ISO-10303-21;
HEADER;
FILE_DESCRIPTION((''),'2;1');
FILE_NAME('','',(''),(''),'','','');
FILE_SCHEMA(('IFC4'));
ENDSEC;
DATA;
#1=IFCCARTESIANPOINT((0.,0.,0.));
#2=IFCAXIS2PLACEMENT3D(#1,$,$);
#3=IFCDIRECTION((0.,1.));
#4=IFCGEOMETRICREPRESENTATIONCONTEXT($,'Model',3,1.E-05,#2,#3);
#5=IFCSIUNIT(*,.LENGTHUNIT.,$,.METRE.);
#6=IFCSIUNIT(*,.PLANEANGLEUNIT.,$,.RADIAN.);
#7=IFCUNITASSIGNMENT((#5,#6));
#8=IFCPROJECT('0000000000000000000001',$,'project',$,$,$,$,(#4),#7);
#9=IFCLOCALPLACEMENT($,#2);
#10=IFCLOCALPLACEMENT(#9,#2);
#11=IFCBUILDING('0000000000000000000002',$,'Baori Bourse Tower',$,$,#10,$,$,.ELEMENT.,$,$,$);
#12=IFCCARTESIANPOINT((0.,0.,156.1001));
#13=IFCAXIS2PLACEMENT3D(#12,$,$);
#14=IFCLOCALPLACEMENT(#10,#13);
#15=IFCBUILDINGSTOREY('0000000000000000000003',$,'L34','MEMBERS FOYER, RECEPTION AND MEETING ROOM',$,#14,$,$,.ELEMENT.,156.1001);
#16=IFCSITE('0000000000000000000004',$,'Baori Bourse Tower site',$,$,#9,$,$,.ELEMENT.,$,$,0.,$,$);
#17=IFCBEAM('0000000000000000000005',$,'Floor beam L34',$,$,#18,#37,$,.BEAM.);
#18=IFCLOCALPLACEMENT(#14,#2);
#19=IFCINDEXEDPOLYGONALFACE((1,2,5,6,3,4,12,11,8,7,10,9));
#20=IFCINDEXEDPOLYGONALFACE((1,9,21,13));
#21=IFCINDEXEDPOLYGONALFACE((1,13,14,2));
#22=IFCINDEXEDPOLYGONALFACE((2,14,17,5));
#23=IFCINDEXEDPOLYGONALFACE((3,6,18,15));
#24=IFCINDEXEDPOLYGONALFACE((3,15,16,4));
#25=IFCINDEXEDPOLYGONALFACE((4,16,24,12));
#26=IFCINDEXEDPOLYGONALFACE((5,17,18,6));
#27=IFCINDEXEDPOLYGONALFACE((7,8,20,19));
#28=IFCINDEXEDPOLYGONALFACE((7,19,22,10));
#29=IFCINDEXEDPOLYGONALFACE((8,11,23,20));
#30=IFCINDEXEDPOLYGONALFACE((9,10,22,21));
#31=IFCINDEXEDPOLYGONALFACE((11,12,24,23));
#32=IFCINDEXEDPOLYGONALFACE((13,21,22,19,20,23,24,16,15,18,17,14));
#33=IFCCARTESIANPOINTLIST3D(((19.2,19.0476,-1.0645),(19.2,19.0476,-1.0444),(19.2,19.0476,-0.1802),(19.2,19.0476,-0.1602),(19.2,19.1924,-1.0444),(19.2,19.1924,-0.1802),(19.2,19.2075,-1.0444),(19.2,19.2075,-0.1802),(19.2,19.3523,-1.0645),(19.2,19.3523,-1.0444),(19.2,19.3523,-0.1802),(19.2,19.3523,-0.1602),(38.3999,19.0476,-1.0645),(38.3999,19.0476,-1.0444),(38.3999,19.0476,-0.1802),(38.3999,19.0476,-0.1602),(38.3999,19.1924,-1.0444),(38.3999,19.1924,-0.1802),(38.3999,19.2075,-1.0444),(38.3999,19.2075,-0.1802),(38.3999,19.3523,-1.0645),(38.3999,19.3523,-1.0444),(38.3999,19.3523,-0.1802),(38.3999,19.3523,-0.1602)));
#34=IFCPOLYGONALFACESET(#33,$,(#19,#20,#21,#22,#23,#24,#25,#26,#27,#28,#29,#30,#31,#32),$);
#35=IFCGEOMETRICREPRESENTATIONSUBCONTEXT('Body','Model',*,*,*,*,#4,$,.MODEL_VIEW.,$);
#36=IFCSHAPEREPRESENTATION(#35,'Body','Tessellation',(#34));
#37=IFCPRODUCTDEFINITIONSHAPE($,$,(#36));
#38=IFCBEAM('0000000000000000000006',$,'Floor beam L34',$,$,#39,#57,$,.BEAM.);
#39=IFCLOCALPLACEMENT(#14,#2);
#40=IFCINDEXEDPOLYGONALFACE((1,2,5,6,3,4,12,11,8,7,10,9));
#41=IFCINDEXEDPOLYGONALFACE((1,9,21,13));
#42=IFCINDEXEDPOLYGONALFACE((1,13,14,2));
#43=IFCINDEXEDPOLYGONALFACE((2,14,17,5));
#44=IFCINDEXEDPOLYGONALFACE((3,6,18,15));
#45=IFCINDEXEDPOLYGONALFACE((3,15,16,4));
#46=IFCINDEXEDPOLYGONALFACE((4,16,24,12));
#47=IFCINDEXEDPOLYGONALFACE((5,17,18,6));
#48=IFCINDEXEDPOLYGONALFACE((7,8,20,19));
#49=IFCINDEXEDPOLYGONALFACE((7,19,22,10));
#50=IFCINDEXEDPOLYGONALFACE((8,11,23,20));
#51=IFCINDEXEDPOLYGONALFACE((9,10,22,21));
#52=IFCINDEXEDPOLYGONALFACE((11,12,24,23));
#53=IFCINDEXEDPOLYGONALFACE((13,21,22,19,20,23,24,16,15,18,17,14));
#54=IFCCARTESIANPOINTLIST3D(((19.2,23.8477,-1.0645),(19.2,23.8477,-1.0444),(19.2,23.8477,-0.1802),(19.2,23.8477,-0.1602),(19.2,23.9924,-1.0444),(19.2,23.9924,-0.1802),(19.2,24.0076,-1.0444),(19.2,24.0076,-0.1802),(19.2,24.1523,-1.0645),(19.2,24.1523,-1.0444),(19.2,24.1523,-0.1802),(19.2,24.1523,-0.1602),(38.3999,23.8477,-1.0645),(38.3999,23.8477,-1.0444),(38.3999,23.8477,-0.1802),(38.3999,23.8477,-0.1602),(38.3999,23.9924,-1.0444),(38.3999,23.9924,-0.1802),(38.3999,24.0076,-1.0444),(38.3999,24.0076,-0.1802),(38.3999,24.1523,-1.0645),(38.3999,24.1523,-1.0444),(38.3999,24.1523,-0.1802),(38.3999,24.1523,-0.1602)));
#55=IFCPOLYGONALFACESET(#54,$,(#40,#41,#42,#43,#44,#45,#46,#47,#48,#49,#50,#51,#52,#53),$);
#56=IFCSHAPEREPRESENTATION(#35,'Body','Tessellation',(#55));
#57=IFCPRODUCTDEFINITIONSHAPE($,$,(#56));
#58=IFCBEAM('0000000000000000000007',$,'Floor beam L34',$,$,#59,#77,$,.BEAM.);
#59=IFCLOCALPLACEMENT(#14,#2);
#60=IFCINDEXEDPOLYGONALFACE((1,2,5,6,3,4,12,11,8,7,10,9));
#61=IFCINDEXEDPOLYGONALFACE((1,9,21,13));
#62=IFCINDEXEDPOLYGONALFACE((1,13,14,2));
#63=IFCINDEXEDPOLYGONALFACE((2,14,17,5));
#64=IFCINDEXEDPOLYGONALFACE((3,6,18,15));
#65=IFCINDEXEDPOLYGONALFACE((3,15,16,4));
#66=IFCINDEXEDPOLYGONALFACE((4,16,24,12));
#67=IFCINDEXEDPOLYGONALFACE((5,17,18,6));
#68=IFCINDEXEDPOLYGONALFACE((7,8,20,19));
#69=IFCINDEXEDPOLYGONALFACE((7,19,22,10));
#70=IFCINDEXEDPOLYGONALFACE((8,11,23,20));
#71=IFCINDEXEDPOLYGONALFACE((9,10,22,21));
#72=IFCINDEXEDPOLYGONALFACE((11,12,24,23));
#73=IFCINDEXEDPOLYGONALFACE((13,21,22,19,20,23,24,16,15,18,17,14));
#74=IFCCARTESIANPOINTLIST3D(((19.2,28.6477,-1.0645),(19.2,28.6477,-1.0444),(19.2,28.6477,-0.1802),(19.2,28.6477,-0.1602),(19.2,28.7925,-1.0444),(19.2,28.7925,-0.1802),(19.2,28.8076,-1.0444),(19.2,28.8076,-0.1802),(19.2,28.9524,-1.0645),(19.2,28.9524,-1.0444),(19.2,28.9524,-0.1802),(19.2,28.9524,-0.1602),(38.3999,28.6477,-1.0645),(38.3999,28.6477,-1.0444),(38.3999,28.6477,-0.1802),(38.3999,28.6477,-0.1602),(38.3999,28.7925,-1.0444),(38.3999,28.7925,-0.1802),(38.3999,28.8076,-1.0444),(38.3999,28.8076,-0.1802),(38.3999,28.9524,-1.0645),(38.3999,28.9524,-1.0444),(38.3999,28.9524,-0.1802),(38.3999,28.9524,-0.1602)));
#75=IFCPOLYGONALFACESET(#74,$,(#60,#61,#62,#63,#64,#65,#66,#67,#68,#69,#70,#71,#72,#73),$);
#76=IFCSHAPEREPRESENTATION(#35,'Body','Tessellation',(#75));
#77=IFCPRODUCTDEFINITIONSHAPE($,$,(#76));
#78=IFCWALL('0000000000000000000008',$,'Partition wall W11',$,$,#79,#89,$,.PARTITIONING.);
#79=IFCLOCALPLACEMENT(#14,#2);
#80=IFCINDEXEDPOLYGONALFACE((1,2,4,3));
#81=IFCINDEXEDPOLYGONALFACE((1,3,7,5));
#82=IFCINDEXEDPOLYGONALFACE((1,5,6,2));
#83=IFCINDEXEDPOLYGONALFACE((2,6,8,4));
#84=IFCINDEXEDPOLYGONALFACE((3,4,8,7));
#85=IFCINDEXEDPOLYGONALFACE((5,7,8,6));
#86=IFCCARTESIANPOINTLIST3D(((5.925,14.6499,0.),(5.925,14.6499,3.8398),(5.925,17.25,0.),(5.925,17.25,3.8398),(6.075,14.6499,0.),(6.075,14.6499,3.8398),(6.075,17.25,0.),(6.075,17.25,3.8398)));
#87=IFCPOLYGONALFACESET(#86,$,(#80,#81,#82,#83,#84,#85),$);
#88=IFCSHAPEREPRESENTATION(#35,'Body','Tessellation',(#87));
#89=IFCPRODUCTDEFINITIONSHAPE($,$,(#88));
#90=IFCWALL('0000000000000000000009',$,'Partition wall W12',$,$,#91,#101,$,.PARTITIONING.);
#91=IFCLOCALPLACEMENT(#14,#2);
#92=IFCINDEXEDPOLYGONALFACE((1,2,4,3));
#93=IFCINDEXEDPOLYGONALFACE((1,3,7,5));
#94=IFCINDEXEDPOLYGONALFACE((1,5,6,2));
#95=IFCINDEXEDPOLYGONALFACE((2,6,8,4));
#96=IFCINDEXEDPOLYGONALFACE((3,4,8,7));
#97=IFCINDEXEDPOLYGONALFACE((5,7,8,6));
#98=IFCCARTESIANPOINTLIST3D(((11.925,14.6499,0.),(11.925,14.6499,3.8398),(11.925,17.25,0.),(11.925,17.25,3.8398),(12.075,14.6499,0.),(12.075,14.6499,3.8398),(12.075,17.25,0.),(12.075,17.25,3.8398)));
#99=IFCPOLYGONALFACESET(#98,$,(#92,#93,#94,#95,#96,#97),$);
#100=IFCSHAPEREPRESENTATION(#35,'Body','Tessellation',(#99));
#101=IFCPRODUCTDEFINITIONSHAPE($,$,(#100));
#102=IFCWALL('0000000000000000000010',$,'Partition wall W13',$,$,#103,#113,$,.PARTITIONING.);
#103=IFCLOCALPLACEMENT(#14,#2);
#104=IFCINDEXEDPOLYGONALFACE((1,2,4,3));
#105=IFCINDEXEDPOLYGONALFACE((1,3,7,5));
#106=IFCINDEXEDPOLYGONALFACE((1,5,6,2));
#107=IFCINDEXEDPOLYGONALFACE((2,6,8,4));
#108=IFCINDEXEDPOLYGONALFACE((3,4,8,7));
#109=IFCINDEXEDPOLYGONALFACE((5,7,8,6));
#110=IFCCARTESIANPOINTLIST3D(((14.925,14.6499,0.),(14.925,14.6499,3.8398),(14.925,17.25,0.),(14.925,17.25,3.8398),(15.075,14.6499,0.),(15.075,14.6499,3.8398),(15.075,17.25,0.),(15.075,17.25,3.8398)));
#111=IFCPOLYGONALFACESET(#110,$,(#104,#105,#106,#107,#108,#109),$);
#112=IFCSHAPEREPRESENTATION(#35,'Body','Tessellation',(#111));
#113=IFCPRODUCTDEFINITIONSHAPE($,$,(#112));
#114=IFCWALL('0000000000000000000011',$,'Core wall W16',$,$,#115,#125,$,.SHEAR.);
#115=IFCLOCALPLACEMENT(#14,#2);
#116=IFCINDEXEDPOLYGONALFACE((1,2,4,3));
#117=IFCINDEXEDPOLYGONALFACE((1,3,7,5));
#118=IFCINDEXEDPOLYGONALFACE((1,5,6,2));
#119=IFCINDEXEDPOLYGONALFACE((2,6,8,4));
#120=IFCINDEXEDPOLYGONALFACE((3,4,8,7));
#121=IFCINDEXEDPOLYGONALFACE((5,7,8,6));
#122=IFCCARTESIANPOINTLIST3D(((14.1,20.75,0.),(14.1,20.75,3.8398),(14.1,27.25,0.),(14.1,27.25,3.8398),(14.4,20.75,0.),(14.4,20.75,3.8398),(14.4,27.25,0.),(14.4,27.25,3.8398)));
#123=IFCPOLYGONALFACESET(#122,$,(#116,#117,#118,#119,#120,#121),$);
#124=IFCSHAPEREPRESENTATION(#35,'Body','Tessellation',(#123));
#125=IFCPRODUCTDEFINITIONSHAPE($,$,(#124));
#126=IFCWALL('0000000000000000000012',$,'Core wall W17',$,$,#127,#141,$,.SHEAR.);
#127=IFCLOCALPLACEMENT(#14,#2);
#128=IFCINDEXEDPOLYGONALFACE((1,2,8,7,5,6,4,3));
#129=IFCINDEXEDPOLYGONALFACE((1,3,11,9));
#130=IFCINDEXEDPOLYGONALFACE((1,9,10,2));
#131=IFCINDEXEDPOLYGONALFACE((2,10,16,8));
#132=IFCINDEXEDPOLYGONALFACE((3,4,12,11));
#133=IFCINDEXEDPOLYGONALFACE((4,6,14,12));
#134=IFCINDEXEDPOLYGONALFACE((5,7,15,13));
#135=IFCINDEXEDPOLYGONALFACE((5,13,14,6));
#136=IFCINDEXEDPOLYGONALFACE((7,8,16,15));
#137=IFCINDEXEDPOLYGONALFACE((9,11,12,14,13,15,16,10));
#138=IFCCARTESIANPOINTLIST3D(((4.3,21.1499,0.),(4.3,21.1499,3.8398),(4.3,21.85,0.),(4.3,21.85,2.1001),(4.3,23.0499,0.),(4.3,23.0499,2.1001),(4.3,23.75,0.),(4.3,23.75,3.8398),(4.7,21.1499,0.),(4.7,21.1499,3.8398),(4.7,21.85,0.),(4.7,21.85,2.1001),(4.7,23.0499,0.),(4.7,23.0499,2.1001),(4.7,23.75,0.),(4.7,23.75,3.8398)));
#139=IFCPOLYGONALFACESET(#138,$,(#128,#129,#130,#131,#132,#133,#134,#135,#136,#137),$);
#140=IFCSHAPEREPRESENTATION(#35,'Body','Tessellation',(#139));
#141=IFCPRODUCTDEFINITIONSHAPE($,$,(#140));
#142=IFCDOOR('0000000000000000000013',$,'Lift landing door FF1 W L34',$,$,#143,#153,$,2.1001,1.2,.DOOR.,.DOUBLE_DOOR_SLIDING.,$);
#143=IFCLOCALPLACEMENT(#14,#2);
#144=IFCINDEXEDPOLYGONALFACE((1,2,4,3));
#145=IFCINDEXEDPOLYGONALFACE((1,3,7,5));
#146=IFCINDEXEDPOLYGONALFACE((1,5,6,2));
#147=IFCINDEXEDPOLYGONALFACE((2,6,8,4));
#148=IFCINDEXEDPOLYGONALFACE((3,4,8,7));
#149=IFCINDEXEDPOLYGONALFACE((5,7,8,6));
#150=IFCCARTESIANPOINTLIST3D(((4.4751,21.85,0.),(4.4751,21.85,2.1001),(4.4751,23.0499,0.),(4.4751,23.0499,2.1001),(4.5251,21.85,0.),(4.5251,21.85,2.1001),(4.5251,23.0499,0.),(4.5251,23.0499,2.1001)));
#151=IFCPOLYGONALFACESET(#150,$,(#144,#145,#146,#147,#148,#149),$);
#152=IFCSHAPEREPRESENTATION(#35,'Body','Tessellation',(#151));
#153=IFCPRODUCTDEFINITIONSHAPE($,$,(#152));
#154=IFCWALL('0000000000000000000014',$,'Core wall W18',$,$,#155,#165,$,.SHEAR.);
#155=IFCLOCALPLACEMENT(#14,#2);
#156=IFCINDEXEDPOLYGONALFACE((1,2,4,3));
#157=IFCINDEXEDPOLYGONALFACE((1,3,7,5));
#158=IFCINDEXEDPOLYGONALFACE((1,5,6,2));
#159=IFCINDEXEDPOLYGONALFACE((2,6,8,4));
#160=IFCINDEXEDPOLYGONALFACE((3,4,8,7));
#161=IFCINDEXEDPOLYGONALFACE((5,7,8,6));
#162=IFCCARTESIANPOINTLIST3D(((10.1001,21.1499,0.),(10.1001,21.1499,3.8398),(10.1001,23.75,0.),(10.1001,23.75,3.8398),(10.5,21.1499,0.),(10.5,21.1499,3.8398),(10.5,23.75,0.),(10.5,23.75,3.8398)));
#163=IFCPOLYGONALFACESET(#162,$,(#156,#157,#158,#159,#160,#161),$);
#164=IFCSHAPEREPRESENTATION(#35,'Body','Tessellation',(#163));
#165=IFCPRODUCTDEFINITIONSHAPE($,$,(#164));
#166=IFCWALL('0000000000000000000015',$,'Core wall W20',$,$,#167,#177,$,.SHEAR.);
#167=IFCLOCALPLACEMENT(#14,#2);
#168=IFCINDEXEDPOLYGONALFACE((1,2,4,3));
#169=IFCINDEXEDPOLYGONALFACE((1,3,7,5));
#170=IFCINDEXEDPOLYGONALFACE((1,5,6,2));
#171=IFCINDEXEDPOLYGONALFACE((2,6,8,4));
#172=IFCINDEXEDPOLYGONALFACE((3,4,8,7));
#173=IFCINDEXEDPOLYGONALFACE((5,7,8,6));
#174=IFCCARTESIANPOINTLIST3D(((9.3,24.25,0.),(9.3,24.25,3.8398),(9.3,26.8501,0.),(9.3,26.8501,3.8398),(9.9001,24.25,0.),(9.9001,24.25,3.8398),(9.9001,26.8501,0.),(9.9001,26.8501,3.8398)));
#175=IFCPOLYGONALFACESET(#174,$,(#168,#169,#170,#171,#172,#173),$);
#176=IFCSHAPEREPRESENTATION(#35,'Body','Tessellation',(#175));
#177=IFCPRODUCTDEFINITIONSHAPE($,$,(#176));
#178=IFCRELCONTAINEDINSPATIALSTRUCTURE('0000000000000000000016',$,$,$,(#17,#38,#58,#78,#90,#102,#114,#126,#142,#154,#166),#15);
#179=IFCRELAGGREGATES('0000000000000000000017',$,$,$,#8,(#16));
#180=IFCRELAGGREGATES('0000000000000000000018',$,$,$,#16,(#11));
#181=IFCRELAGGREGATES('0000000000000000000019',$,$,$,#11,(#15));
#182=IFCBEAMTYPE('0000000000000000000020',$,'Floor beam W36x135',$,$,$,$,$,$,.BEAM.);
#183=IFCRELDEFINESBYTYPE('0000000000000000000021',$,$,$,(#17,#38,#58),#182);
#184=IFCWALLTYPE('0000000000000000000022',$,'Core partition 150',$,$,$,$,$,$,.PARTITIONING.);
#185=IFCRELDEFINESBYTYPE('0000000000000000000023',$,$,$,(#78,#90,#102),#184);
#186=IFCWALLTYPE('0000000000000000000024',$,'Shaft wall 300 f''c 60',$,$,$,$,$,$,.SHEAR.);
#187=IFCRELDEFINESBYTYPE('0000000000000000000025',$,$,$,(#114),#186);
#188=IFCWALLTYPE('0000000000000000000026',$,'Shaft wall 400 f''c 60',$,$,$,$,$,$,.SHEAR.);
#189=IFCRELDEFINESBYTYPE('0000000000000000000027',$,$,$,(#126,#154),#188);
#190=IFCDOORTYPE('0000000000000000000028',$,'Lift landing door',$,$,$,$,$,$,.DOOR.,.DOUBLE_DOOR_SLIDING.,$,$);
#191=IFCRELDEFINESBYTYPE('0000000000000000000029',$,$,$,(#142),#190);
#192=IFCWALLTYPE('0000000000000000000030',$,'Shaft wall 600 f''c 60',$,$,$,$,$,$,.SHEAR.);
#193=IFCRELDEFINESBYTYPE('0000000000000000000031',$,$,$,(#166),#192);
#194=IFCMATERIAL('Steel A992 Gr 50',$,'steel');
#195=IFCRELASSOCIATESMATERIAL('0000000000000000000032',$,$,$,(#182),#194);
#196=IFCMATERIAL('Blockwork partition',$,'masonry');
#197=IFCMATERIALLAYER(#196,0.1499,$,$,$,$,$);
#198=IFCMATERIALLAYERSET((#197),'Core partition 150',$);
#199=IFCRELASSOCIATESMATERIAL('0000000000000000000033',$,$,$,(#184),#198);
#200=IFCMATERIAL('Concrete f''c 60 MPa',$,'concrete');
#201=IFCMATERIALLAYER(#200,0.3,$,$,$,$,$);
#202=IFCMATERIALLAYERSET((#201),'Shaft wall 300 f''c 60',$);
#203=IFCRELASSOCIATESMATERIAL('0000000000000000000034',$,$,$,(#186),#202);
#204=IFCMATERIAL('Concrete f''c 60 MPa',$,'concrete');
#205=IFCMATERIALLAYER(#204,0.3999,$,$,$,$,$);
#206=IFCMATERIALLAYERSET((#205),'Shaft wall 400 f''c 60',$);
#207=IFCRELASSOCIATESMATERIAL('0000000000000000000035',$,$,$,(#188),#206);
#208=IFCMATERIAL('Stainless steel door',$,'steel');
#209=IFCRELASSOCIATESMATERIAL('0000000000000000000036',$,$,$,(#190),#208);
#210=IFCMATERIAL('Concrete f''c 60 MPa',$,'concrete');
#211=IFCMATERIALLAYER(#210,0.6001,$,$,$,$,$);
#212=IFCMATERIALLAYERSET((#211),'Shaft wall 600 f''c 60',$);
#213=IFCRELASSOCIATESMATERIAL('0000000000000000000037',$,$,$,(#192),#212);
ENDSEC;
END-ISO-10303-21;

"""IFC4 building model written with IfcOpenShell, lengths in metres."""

from ifc_helpers import new_model, si_unit, direction, frame, frame_2d, origin, origin_2d, place, context, subcontext, project, spatial, rectangle, i_section, extrude, material, layer, layer_set, material_profile, profile_set, type_object, element, fill, save


model = new_model("IFC4")

# Units and contexts
model_context = context("Model", 3, precision=1e-05, world=origin(), true_north=direction((0.0, 1.0)))
body_context = subcontext(model_context, "Body", "Model", "MODEL_VIEW")
ifc_project = project(units=[si_unit("LENGTHUNIT", "METRE"), si_unit("PLANEANGLEUNIT", "RADIAN")], contexts=[model_context])

# Site, building, storey
site_placement = place(None, origin())
site = spatial("IfcSite", under=ifc_project, at=site_placement, Name="Baori Bourse Tower site", CompositionType="ELEMENT", RefElevation=0.0)
building_placement = place(site_placement, origin())
building = spatial("IfcBuilding", under=site, at=building_placement, Name="Baori Bourse Tower", CompositionType="ELEMENT")
storey_placement = place(building_placement, frame((0.0, 0.0, 156.1001)))
storey = spatial("IfcBuildingStorey", under=building, at=storey_placement, Name="L34", Description="MEMBERS FOYER, RECEPTION AND MEETING ROOM", CompositionType="ELEMENT", Elevation=156.1001)

# Beams
ifc_material_1 = material(Name="Steel A992 Gr 50", Category="steel")
ifc_material_profile = material_profile(ifc_material_1, i_section(OverallWidth=0.3047, OverallDepth=0.9043, WebThickness=0.0151, FlangeThickness=0.02, at=origin_2d()), Name="W36x135")
ifc_profile_set = profile_set([ifc_material_profile], Name="Steel A992 Gr 50")
beam_type = type_object("IfcBeamType", Name="Floor beam W36x135", PredefinedType="BEAM", material=ifc_profile_set)
for number, where, z_axis, x_axis, name in (
    (1, (19.2, 19.2, -0.6123), (1.0, 0.0, 0.0), (0.0, 1.0, 0.0), "Floor beam L34"),
    (2, (19.2, 24.0, -0.6123), (1.0, 0.0, 0.0), (0.0, 1.0, 0.0), "Floor beam L34"),
    (3, (19.2, 28.8, -0.6123), (1.0, 0.0, 0.0), (0.0, 1.0, 0.0), "Floor beam L34"),
):
    element("IfcBeam", number, at=place(storey_placement, frame(where, z_axis=z_axis, x_axis=x_axis)), inside=storey, type_object=beam_type, Name=name, PredefinedType="BEAM", context=body_context, shape_type="SweptSolid", body=[
        extrude(i_section(OverallWidth=0.3047, OverallDepth=0.9043, WebThickness=0.0151, FlangeThickness=0.02, at=origin_2d()), origin(), (0.0, 0.0, 1.0), 19.2),
    ])

# Walls
ifc_material_2 = material(Name="Blockwork partition", Category="masonry")
ifc_layer_1 = layer(ifc_material_2, 0.1499)
ifc_layer_set_1 = layer_set([ifc_layer_1], Name="Core partition 150")
wall_type_1 = type_object("IfcWallType", Name="Core partition 150", PredefinedType="PARTITIONING", material=ifc_layer_set_1)
for number, where, z_axis, x_axis, name in (
    (4, (6.0, 14.6499, 0.0), (0.0, 0.0, 1.0), (0.0, 1.0, 0.0), "Partition wall W11"),
    (5, (12.0, 14.6499, 0.0), (0.0, 0.0, 1.0), (0.0, 1.0, 0.0), "Partition wall W12"),
    (6, (15.0, 14.6499, 0.0), (0.0, 0.0, 1.0), (0.0, 1.0, 0.0), "Partition wall W13"),
):
    element("IfcWall", number, at=place(storey_placement, frame(where, z_axis=z_axis, x_axis=x_axis)), inside=storey, type_object=wall_type_1, Name=name, PredefinedType="PARTITIONING", context=body_context, shape_type="SweptSolid", body=[
        extrude(rectangle(XDim=2.6001, YDim=0.1499, at=frame_2d((1.3, 0.0))), origin(), (0.0, 0.0, 1.0), 3.8398),
    ])
ifc_material_3 = material(Name="Concrete f'c 60 MPa", Category="concrete")
ifc_layer_2 = layer(ifc_material_3, 0.3)
ifc_layer_set_2 = layer_set([ifc_layer_2], Name="Shaft wall 300 f'c 60")
wall_type_2 = type_object("IfcWallType", Name="Shaft wall 300 f'c 60", PredefinedType="SHEAR", material=ifc_layer_set_2)
wall_1_placement = place(storey_placement, frame((14.25, 20.75, 0.0), z_axis=(0.0, 0.0, 1.0), x_axis=(0.0, 1.0, 0.0)))
element("IfcWall", 7, at=wall_1_placement, inside=storey, type_object=wall_type_2, Name="Core wall W16", PredefinedType="SHEAR", context=body_context, shape_type="SweptSolid", body=[
    extrude(rectangle(XDim=6.5, YDim=0.3, at=frame_2d((3.25, 0.0))), origin(), (0.0, 0.0, 1.0), 3.8398),
])

# Wall, opening, door
ifc_material_4 = material(Name="Concrete f'c 60 MPa", Category="concrete")
ifc_layer_3 = layer(ifc_material_4, 0.3999)
ifc_layer_set_3 = layer_set([ifc_layer_3], Name="Shaft wall 400 f'c 60")
wall_type_3 = type_object("IfcWallType", Name="Shaft wall 400 f'c 60", PredefinedType="SHEAR", material=ifc_layer_set_3)
wall_2_placement = place(storey_placement, frame((4.5, 21.1499, 0.0), z_axis=(0.0, 0.0, 1.0), x_axis=(0.0, 1.0, 0.0)))
wall_2 = element("IfcWall", 8, at=wall_2_placement, inside=storey, type_object=wall_type_3, Name="Core wall W17", PredefinedType="SHEAR", context=body_context, shape_type="SweptSolid", body=[
    extrude(rectangle(XDim=2.6001, YDim=0.3999, at=frame_2d((1.3, 0.0))), origin(), (0.0, 0.0, 1.0), 3.8398),
])
opening_placement = place(wall_2_placement, frame((0.7, 0.0, 0.0)))
opening = element("IfcOpeningElement", 9, at=opening_placement, cuts=wall_2, PredefinedType="OPENING", context=body_context, shape_type="SweptSolid", body=[
    extrude(rectangle(XDim=1.2, YDim=2.1001, at=frame_2d((0.6001, 1.05))), frame((0.0, 0.21, 0.0), z_axis=(0.0, -1.0, 0.0), x_axis=(1.0, 0.0, 0.0)), (0.0, 0.0, 1.0), 0.4199),
])
ifc_material_5 = material(Name="Stainless steel door", Category="steel")
door_type = type_object("IfcDoorType", Name="Lift landing door", OperationType="DOUBLE_DOOR_SLIDING", PredefinedType="DOOR", material=ifc_material_5)
door_placement = place(opening_placement, origin())
door = element("IfcDoor", 10, at=door_placement, inside=storey, type_object=door_type, Name="Lift landing door FF1 W L34", OperationType="DOUBLE_DOOR_SLIDING", OverallHeight=2.1001, OverallWidth=1.2, PredefinedType="DOOR", context=body_context, shape_type="SweptSolid", body=[
    extrude(rectangle(XDim=1.2, YDim=2.1001, at=frame_2d((0.6001, 1.05))), frame((0.0, 0.0249, 0.0), z_axis=(0.0, -1.0, 0.0), x_axis=(1.0, 0.0, 0.0)), (0.0, 0.0, 1.0), 0.05),
])
fill(opening, door)

# Walls
wall_3_placement = place(storey_placement, frame((10.3, 21.1499, 0.0), z_axis=(0.0, 0.0, 1.0), x_axis=(0.0, 1.0, 0.0)))
element("IfcWall", 11, at=wall_3_placement, inside=storey, type_object=wall_type_3, Name="Core wall W18", PredefinedType="SHEAR", context=body_context, shape_type="SweptSolid", body=[
    extrude(rectangle(XDim=2.6001, YDim=0.3999, at=frame_2d((1.3, 0.0))), origin(), (0.0, 0.0, 1.0), 3.8398),
])
ifc_material_6 = material(Name="Concrete f'c 60 MPa", Category="concrete")
ifc_layer_4 = layer(ifc_material_6, 0.6001)
ifc_layer_set_4 = layer_set([ifc_layer_4], Name="Shaft wall 600 f'c 60")
wall_type_4 = type_object("IfcWallType", Name="Shaft wall 600 f'c 60", PredefinedType="SHEAR", material=ifc_layer_set_4)
wall_4_placement = place(storey_placement, frame((9.6001, 24.25, 0.0), z_axis=(0.0, 0.0, 1.0), x_axis=(0.0, 1.0, 0.0)))
element("IfcWall", 12, at=wall_4_placement, inside=storey, type_object=wall_type_4, Name="Core wall W20", PredefinedType="SHEAR", context=body_context, shape_type="SweptSolid", body=[
    extrude(rectangle(XDim=2.6001, YDim=0.6001, at=frame_2d((1.3, 0.0))), origin(), (0.0, 0.0, 1.0), 3.8398),
])

save(model, "model.ifc")
